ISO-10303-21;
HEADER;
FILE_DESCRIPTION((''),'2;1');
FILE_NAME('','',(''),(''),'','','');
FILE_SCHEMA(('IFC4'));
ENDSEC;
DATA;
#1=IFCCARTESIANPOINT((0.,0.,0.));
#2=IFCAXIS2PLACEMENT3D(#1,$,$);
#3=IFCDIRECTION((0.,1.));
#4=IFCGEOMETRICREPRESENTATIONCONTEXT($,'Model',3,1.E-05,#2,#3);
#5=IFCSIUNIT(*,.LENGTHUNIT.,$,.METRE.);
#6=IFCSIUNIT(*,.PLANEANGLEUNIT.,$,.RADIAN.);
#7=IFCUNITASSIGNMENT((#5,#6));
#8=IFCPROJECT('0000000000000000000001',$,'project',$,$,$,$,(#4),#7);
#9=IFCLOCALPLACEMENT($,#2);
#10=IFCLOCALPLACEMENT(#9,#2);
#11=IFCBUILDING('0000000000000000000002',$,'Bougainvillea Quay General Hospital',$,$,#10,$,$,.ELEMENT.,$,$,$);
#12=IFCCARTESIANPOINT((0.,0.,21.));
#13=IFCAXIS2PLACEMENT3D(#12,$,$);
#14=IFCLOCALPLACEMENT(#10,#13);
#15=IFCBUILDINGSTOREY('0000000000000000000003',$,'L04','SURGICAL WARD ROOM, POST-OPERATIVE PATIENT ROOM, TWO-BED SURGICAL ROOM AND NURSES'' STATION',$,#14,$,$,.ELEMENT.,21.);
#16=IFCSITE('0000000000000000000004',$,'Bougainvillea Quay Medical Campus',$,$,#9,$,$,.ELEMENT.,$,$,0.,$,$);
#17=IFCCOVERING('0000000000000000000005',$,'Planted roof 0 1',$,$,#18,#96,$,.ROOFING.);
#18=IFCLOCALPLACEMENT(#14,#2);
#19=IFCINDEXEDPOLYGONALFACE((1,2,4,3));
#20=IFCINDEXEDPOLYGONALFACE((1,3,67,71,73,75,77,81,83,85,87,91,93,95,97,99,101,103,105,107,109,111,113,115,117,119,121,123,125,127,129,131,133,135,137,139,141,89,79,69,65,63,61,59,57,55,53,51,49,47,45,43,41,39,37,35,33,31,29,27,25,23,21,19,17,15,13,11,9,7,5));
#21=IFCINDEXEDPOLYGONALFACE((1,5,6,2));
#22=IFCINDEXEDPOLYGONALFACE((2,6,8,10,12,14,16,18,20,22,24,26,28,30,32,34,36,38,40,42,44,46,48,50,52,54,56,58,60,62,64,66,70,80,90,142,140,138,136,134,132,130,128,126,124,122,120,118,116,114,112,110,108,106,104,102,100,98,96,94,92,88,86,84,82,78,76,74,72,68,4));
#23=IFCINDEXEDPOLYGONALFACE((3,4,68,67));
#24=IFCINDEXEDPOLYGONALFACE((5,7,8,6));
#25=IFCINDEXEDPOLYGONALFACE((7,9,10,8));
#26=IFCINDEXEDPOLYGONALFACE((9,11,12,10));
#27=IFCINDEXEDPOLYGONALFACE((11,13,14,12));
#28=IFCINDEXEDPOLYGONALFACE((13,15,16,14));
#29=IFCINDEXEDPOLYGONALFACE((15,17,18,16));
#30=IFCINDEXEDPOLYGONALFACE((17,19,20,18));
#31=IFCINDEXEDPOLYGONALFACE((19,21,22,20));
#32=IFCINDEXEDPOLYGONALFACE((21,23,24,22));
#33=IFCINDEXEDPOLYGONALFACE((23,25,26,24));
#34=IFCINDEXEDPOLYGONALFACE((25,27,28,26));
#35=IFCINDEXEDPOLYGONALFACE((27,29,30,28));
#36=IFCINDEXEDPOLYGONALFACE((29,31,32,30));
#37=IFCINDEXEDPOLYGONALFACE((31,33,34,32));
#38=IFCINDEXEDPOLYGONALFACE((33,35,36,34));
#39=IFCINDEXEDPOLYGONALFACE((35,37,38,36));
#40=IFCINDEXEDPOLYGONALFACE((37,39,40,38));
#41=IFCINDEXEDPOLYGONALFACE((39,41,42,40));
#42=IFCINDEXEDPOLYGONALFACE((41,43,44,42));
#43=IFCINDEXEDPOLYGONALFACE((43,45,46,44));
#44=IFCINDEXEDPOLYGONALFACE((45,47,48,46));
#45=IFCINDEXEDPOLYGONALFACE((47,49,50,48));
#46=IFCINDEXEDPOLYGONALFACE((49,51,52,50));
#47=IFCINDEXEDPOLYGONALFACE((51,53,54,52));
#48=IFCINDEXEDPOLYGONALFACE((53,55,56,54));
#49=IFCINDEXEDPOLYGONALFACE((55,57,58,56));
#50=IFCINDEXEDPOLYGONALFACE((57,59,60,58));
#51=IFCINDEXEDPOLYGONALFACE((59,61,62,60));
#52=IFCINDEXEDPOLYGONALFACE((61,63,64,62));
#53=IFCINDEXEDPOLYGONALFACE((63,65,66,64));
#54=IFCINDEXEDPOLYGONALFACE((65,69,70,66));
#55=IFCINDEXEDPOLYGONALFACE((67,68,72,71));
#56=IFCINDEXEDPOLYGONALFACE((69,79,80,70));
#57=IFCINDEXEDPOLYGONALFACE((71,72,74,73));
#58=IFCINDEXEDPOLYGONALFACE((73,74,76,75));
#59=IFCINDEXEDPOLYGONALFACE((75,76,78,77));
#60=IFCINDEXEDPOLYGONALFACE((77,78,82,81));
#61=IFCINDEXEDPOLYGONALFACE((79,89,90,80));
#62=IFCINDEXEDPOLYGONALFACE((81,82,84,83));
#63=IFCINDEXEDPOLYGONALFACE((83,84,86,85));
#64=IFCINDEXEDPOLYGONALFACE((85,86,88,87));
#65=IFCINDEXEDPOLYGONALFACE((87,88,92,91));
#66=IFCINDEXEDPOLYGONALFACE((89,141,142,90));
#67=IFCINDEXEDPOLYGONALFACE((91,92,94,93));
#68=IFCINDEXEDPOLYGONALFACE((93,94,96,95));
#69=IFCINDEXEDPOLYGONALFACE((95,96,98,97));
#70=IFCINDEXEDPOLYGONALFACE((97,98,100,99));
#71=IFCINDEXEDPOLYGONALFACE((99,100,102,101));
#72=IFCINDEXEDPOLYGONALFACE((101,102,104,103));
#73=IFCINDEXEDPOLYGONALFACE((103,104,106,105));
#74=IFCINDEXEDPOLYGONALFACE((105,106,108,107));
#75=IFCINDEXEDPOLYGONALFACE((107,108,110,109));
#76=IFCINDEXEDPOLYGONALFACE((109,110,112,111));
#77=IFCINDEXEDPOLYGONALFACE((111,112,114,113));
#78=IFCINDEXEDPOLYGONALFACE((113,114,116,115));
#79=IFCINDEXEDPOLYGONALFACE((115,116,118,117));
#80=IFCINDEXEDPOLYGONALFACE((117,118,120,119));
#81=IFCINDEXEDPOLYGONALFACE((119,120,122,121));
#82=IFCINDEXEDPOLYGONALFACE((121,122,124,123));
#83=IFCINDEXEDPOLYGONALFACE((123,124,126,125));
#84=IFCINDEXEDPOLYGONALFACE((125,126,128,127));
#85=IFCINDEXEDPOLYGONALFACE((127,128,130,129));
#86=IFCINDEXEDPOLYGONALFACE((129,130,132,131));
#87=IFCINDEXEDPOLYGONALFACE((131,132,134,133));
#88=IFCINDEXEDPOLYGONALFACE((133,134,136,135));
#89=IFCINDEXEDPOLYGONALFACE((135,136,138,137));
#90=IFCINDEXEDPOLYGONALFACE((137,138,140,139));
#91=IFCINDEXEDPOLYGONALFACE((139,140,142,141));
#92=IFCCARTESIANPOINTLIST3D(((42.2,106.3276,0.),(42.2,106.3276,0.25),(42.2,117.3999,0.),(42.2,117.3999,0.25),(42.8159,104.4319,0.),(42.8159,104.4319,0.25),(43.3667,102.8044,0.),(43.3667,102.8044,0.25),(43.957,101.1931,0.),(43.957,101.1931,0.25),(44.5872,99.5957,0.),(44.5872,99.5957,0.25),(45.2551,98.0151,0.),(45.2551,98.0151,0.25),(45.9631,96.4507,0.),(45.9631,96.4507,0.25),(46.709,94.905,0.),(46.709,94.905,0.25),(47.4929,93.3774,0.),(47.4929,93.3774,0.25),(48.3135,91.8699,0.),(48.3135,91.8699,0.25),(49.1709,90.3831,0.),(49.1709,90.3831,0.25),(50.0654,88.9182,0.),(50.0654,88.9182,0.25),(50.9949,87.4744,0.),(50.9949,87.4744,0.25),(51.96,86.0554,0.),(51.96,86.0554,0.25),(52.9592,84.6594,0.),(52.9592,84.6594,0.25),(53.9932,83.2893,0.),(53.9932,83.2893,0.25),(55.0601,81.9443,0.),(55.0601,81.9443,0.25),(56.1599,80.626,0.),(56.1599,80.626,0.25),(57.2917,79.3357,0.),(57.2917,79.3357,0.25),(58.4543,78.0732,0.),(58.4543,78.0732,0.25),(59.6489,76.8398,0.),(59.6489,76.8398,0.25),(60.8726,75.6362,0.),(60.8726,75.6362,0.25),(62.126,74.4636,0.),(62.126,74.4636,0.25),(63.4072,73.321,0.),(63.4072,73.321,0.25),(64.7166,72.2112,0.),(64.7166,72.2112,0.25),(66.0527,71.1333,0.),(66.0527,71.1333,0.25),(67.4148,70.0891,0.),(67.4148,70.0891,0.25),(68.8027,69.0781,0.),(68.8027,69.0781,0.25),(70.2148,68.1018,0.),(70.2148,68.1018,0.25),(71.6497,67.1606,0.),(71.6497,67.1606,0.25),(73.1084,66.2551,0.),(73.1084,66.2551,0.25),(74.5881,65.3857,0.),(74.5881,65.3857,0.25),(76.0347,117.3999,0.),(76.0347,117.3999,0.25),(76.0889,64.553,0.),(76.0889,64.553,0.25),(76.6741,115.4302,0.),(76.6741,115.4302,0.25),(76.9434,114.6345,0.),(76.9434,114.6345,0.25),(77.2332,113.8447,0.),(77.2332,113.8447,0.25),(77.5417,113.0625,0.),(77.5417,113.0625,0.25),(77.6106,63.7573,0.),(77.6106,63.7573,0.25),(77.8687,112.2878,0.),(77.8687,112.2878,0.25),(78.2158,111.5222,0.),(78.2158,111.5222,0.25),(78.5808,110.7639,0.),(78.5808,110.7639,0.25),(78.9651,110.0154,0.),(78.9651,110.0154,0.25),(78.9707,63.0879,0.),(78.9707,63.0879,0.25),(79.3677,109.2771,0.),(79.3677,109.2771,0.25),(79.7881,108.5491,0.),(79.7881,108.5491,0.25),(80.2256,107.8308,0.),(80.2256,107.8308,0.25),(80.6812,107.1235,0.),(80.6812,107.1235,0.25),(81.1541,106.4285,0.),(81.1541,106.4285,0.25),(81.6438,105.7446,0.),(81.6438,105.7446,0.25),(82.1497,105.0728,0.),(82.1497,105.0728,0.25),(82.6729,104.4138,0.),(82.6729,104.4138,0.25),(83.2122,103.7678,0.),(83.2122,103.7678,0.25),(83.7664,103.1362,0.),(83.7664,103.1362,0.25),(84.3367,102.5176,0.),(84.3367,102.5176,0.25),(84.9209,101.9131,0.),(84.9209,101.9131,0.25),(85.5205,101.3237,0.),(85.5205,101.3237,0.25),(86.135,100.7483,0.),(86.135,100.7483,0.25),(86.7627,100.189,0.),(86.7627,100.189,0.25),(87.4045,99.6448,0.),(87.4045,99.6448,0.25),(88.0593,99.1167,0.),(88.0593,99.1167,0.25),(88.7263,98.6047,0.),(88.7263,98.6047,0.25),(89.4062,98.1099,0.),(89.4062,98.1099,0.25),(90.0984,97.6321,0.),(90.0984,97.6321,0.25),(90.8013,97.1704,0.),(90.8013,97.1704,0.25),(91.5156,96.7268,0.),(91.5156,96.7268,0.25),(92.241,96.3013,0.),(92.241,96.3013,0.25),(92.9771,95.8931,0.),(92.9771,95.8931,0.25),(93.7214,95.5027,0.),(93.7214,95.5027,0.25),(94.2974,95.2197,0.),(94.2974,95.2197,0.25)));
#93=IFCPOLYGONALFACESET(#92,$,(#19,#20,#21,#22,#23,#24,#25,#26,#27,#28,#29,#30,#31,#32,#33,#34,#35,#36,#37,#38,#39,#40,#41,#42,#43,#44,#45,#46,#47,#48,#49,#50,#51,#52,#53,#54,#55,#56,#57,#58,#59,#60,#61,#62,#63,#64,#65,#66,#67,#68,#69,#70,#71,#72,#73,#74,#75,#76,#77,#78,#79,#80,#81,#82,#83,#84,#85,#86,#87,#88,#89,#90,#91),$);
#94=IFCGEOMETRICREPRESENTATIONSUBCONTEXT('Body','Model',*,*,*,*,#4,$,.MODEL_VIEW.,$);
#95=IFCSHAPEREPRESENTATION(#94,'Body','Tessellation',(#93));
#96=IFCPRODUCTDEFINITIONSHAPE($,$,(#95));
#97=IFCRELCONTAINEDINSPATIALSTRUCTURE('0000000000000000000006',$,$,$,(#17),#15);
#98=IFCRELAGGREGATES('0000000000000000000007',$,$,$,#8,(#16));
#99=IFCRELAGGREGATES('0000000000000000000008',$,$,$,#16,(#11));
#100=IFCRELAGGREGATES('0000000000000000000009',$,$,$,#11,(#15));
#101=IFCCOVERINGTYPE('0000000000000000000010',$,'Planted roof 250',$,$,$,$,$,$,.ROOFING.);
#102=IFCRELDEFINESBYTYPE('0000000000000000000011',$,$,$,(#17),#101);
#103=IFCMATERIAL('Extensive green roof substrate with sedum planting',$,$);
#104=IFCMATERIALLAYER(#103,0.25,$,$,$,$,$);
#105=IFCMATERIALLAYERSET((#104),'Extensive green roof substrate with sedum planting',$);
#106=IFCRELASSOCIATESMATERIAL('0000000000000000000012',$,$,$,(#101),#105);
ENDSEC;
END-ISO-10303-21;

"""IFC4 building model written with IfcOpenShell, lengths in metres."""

from ifc_helpers import new_model, si_unit, direction, frame, origin, place, context, subcontext, project, spatial, polyline, outline, extrude, material, layer, layer_set, type_object, element, save


model = new_model("IFC4")

# Units and contexts
model_context = context("Model", 3, precision=1e-05, world=origin(), true_north=direction((0.0, 1.0)))
body_context = subcontext(model_context, "Body", "Model", "MODEL_VIEW")
ifc_project = project(units=[si_unit("LENGTHUNIT", "METRE"), si_unit("PLANEANGLEUNIT", "RADIAN")], contexts=[model_context])

# Site, building, storey
site_placement = place(None, origin())
site = spatial("IfcSite", under=ifc_project, at=site_placement, Name="Bougainvillea Quay Medical Campus", CompositionType="ELEMENT", RefElevation=0.0)
building_placement = place(site_placement, origin())
building = spatial("IfcBuilding", under=site, at=building_placement, Name="Bougainvillea Quay General Hospital", CompositionType="ELEMENT")
storey_placement = place(building_placement, frame((0.0, 0.0, 21.0)))
storey = spatial("IfcBuildingStorey", under=building, at=storey_placement, Name="L04", Description="SURGICAL WARD ROOM, POST-OPERATIVE PATIENT ROOM, TWO-BED SURGICAL ROOM AND NURSES' STATION", CompositionType="ELEMENT", Elevation=21.0)

# Covering
ifc_material_1 = material(Name="Extensive green roof substrate with sedum planting")
ifc_layer_1 = layer(ifc_material_1, 0.25)
ifc_layer_set_1 = layer_set([ifc_layer_1], Name="Extensive green roof substrate with sedum planting")
covering_type = type_object("IfcCoveringType", Name="Planted roof 250", PredefinedType="ROOFING", material=ifc_layer_set_1)
covering_placement = place(storey_placement, origin())
element("IfcCovering", 1, at=covering_placement, inside=storey, type_object=covering_type, Name="Planted roof 0 1", PredefinedType="ROOFING", context=body_context, shape_type="SweptSolid", body=[
    extrude(outline(polyline([(70.2148, 68.1018), (68.8027, 69.0781), (67.4148, 70.0891), (66.0527, 71.1333), (64.7166, 72.2112), (63.4072, 73.321), (62.126, 74.4636), (60.8726, 75.6362), (59.6489, 76.8398), (58.4543, 78.0732), (57.2917, 79.3357), (56.1599, 80.626), (55.0601, 81.9443), (53.9932, 83.2893), (52.9592, 84.6594), (51.96, 86.0554), (50.9949, 87.4744), (50.0654, 88.9182), (49.1709, 90.3831), (48.3135, 91.8699), (47.4929, 93.3774), (46.709, 94.905), (45.9631, 96.4507), (45.2551, 98.0151), (44.5872, 99.5957), (43.957, 101.1931), (43.3667, 102.8044), (42.8159, 104.4319), (42.2, 106.3276), (42.2, 117.3999), (76.0347, 117.3999), (76.6741, 115.4302), (76.9434, 114.6345), (77.2332, 113.8447), (77.5417, 113.0625), (77.8687, 112.2878), (78.2158, 111.5222), (78.5808, 110.7639), (78.9651, 110.0154), (79.3677, 109.2771), (79.7881, 108.5491), (80.2256, 107.8308), (80.6812, 107.1235), (81.1541, 106.4285), (81.6438, 105.7446), (82.1497, 105.0728), (82.6729, 104.4138), (83.2122, 103.7678), (83.7664, 103.1362), (84.3367, 102.5176), (84.9209, 101.9131), (85.5205, 101.3237), (86.135, 100.7483), (86.7627, 100.189), (87.4045, 99.6448), (88.0593, 99.1167), (88.7263, 98.6047), (89.4062, 98.1099), (90.0984, 97.6321), (90.8013, 97.1704), (91.5156, 96.7268), (92.241, 96.3013), (92.9771, 95.8931), (93.7214, 95.5027), (94.2974, 95.2197), (78.9707, 63.0879), (77.6106, 63.7573), (76.0889, 64.553), (74.5881, 65.3857), (73.1084, 66.2551), (71.6497, 67.1606), (70.2148, 68.1018)])), origin(), (0.0, 0.0, 1.0), 0.25),
])

save(model, "model.ifc")
